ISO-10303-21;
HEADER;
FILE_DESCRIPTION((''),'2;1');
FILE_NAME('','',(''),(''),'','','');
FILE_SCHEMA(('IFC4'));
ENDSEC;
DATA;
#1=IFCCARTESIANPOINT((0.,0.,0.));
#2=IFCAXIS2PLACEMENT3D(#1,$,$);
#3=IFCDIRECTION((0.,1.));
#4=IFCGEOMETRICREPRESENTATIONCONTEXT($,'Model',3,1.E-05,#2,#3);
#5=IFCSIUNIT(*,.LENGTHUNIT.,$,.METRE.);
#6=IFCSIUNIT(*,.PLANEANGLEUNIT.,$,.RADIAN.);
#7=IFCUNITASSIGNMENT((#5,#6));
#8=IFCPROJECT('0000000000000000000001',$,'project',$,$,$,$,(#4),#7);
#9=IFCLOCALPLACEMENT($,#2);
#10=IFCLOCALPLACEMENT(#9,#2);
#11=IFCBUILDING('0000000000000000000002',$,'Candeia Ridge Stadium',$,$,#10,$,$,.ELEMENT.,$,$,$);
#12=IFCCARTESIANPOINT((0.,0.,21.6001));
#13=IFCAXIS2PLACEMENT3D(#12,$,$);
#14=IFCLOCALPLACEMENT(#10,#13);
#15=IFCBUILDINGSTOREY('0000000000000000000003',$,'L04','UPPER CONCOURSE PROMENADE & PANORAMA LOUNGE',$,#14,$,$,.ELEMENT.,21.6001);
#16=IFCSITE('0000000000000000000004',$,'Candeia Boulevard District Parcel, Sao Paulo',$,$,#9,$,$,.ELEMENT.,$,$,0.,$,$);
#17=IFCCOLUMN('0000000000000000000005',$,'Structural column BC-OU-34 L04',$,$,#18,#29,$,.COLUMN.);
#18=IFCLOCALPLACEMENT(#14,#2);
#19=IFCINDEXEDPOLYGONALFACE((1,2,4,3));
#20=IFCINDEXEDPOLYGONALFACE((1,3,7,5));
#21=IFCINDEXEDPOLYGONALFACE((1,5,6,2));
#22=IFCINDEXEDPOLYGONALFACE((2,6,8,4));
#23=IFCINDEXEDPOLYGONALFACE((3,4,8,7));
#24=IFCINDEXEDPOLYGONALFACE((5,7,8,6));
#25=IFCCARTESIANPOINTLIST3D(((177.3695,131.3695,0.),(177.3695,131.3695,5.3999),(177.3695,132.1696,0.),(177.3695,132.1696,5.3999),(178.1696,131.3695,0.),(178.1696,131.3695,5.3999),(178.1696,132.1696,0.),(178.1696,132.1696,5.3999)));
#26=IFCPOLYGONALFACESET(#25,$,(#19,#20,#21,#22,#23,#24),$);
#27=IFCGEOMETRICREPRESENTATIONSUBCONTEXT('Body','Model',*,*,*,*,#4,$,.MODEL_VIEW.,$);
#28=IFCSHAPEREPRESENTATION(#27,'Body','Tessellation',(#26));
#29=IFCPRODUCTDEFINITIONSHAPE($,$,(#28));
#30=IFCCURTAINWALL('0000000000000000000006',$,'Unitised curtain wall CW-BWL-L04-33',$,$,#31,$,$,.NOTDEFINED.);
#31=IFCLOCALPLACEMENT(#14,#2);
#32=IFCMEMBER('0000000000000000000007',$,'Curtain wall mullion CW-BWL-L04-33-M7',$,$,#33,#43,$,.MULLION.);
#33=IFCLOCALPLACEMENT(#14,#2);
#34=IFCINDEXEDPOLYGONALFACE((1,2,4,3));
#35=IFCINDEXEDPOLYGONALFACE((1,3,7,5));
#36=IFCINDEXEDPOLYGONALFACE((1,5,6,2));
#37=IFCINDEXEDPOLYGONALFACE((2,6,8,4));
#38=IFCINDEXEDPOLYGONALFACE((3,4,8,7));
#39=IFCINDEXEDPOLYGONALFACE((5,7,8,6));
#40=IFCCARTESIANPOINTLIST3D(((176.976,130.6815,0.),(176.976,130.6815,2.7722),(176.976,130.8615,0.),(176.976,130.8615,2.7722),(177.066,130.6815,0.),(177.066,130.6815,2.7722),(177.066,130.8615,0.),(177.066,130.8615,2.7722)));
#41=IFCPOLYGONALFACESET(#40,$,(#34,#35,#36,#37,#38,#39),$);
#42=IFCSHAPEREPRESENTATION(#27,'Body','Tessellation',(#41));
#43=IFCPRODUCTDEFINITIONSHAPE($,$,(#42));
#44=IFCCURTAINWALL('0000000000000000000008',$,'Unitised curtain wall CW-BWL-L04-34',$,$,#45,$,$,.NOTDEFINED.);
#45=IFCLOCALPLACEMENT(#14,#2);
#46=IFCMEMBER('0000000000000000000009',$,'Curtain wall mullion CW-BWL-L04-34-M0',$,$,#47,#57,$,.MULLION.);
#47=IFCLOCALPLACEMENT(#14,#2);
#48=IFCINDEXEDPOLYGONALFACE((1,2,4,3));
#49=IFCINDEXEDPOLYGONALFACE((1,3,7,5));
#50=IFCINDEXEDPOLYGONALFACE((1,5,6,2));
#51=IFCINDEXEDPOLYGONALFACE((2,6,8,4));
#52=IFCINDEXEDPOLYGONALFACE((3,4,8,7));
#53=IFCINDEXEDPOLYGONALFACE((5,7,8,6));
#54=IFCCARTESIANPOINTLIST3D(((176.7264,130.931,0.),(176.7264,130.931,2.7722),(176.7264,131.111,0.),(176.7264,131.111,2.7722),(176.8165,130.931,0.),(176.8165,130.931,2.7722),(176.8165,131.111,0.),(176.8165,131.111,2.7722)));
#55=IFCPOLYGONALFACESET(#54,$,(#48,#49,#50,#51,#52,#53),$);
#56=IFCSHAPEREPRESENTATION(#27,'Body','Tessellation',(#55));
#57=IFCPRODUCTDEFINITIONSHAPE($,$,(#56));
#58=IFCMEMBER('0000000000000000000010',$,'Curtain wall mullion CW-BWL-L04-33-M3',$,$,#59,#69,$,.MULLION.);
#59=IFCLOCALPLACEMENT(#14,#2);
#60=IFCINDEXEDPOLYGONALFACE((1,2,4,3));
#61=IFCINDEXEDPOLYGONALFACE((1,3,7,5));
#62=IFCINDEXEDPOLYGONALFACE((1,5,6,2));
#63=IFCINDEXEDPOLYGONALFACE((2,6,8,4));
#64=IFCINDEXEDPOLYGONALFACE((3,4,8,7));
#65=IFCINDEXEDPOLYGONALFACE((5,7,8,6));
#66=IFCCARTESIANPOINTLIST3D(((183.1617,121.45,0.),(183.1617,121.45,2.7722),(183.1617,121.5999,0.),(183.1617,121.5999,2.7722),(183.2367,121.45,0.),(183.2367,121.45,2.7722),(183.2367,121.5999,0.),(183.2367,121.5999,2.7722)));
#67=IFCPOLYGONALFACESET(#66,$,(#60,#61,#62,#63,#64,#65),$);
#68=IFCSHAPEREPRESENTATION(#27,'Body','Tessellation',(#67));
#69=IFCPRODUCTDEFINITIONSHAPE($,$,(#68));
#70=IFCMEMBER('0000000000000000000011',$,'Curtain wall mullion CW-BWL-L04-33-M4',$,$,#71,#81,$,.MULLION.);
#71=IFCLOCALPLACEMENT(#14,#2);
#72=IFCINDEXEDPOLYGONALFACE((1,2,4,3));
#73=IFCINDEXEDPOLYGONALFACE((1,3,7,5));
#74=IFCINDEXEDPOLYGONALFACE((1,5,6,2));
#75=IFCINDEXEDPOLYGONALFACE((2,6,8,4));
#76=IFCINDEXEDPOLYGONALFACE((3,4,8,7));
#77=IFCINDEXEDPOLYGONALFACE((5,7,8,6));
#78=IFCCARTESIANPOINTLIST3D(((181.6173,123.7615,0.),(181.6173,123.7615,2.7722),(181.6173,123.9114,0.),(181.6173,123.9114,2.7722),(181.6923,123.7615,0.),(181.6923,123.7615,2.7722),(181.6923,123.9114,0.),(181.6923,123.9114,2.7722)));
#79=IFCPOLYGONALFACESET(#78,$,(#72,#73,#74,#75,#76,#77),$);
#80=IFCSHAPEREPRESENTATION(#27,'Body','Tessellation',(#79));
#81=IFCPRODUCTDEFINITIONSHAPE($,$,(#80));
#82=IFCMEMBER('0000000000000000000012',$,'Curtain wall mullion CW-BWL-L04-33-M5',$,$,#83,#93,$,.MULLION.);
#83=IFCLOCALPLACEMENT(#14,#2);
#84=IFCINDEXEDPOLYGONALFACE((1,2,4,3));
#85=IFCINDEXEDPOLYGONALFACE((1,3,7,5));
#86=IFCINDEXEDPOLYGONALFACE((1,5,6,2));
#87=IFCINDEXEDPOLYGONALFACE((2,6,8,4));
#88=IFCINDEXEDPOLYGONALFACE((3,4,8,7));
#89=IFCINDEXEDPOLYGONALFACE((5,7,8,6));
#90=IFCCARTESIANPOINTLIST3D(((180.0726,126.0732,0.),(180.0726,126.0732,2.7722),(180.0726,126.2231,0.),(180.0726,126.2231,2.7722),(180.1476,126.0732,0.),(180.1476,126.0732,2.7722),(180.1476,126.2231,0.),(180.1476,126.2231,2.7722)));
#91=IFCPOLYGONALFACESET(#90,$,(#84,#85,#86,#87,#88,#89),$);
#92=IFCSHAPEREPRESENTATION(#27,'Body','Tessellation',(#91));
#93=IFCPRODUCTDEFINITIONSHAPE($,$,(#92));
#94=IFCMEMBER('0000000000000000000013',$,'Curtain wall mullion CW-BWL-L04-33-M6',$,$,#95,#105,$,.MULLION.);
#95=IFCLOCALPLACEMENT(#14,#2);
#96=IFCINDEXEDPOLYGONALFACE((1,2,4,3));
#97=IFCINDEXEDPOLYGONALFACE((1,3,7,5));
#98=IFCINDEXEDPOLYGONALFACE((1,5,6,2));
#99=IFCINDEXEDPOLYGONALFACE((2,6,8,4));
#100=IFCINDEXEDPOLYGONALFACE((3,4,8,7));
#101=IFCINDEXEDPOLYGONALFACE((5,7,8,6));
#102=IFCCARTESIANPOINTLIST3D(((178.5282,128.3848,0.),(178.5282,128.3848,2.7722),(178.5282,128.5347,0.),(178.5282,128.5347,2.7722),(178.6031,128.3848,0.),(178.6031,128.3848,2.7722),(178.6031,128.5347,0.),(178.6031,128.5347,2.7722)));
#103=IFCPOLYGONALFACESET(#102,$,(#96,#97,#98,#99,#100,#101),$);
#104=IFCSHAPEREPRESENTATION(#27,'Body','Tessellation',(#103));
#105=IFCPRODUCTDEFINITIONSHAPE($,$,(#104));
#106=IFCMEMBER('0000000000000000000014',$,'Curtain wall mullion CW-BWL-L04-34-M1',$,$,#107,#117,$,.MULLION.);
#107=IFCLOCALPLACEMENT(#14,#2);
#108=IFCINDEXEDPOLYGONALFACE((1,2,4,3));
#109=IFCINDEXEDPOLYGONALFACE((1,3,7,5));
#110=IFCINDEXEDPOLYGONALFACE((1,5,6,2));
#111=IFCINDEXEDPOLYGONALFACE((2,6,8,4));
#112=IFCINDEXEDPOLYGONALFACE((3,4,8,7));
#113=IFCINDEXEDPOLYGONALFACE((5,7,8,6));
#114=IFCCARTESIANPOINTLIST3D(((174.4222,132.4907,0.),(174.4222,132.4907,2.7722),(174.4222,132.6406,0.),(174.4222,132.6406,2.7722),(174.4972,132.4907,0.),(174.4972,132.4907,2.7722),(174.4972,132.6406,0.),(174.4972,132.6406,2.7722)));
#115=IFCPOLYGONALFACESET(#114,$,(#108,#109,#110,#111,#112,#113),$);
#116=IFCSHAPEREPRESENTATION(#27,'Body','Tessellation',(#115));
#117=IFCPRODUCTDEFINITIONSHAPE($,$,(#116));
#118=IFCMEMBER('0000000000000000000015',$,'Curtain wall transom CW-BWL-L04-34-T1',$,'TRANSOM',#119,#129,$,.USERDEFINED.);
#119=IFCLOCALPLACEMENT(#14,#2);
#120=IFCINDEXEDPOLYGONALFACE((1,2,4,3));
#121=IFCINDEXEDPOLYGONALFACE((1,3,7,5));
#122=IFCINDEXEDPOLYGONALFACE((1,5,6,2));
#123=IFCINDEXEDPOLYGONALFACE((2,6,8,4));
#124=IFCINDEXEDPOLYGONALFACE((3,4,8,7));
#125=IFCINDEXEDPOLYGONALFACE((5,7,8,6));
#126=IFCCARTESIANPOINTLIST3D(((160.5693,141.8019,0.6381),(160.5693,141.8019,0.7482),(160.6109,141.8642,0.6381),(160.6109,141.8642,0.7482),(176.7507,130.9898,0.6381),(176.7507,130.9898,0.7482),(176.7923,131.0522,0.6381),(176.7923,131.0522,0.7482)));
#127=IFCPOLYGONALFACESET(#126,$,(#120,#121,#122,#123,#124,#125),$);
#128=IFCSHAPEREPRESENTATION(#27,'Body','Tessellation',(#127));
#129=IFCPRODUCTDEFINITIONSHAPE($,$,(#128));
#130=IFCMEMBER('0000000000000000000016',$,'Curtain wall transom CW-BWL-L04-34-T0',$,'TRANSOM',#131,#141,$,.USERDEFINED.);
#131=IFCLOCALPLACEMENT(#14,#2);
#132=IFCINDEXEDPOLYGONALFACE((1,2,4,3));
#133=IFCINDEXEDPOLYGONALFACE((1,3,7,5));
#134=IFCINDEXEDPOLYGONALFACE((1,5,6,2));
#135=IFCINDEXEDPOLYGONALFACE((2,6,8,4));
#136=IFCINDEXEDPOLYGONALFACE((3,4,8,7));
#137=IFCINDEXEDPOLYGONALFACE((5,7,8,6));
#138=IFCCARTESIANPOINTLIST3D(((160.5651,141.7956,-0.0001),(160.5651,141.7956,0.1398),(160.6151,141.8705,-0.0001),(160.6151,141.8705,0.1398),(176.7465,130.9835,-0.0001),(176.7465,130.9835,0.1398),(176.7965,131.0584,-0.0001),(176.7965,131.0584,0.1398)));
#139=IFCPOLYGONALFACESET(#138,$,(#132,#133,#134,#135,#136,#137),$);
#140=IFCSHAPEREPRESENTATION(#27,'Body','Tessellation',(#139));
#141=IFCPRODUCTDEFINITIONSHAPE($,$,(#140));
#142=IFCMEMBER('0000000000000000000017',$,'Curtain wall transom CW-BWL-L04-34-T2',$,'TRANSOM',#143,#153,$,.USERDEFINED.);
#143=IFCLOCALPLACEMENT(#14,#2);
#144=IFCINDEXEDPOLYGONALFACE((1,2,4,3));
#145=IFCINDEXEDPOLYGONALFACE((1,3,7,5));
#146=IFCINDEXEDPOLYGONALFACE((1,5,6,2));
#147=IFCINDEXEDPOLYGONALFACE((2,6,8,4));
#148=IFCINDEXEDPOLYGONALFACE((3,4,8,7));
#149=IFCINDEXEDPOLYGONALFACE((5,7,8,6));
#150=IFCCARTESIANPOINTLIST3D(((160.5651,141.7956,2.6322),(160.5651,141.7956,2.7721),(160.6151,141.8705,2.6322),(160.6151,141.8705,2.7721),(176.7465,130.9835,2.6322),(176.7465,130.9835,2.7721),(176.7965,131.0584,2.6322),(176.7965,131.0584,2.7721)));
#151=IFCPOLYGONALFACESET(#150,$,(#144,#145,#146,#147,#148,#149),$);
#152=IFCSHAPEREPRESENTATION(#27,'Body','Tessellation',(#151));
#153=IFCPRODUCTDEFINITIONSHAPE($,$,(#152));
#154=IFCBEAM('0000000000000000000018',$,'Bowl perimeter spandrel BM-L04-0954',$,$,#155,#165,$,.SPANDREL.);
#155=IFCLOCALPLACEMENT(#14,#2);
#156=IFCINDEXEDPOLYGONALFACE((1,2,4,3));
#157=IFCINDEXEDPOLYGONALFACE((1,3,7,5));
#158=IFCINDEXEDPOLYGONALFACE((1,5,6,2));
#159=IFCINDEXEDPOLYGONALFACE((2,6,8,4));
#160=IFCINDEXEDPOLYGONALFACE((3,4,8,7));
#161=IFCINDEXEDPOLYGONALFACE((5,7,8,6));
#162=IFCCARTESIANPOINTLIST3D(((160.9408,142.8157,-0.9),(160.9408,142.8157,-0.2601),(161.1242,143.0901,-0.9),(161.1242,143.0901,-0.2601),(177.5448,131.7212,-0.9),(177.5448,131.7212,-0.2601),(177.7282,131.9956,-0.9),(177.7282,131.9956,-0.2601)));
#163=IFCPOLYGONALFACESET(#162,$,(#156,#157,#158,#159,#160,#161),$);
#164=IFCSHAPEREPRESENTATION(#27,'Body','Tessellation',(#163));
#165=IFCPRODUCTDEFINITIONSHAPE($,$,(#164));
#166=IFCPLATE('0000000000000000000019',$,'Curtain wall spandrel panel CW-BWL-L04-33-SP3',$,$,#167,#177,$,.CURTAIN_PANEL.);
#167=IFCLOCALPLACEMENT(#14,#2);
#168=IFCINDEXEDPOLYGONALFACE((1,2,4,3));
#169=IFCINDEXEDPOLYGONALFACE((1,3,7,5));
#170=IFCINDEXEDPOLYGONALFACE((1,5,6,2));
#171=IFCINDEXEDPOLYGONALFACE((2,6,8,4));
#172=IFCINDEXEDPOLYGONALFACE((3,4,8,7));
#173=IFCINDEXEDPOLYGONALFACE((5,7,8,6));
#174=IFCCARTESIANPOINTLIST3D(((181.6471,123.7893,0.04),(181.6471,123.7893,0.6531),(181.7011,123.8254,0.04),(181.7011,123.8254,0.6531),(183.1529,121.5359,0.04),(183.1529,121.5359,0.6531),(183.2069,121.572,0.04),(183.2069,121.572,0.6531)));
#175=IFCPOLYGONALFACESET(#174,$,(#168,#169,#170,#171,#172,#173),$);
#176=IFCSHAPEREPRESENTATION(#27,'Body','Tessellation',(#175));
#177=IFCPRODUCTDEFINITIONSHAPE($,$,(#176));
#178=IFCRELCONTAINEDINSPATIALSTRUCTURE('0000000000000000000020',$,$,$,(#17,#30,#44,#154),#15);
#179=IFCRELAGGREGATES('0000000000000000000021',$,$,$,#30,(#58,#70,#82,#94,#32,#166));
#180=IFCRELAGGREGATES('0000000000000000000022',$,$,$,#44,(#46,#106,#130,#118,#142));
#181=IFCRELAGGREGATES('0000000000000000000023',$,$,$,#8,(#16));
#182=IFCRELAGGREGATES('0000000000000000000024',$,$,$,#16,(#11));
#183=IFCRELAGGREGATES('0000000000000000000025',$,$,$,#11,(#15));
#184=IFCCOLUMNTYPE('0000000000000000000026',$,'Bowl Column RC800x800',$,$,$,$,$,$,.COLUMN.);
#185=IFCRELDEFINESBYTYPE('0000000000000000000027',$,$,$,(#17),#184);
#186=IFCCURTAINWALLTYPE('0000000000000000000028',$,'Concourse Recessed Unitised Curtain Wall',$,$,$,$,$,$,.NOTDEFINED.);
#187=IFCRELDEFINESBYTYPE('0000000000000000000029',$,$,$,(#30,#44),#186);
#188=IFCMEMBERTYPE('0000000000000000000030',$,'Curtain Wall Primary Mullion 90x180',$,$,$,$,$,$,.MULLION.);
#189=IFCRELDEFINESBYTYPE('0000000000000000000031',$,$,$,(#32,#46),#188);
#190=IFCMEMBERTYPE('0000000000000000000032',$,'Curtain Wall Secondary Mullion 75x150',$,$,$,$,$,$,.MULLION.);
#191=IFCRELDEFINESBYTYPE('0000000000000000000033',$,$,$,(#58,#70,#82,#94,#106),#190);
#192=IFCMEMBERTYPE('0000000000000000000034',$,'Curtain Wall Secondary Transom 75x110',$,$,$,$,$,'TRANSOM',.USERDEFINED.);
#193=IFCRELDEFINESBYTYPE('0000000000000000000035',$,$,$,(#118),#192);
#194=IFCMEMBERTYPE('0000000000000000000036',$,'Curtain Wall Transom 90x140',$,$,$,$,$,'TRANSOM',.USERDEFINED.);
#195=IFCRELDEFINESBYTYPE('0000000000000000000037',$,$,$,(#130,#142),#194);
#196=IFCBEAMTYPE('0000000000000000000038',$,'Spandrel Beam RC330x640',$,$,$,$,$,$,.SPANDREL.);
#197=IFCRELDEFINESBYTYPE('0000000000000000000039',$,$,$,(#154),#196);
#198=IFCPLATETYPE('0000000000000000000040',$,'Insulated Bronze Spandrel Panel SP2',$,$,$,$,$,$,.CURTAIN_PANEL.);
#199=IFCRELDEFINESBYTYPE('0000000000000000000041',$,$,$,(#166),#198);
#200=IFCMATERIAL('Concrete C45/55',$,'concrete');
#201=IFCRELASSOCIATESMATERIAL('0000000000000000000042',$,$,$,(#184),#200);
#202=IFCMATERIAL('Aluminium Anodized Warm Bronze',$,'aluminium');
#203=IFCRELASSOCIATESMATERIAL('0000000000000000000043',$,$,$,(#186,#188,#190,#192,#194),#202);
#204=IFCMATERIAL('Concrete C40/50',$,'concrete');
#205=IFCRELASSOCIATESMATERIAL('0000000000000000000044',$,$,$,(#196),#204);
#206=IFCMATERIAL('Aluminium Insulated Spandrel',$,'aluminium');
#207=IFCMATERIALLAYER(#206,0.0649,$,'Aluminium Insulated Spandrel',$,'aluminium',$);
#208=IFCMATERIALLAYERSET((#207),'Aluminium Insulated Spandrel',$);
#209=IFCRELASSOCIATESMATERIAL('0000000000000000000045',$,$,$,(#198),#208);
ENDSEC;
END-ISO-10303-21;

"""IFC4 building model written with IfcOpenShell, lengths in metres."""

from ifc_helpers import new_model, si_unit, direction, frame, origin, origin_2d, place, context, subcontext, project, spatial, rectangle, extrude, material, layer, layer_set, material_profile, profile_set, type_object, element, aggregate, save


model = new_model("IFC4")

# Units and contexts
model_context = context("Model", 3, precision=1e-05, world=origin(), true_north=direction((0.0, 1.0)))
body_context = subcontext(model_context, "Body", "Model", "MODEL_VIEW")
ifc_project = project(units=[si_unit("LENGTHUNIT", "METRE"), si_unit("PLANEANGLEUNIT", "RADIAN")], contexts=[model_context])

# Site, building, storey
site_placement = place(None, origin())
site = spatial("IfcSite", under=ifc_project, at=site_placement, Name="Candeia Boulevard District Parcel, Sao Paulo", CompositionType="ELEMENT", RefElevation=0.0)
building_placement = place(site_placement, origin())
building = spatial("IfcBuilding", under=site, at=building_placement, Name="Candeia Ridge Stadium", CompositionType="ELEMENT")
storey_placement = place(building_placement, frame((0.0, 0.0, 21.6001)))
storey = spatial("IfcBuildingStorey", under=building, at=storey_placement, Name="L04", Description="UPPER CONCOURSE PROMENADE & PANORAMA LOUNGE", CompositionType="ELEMENT", Elevation=21.6001)

# Column
ifc_material_1 = material(Name="Concrete C45/55", Category="concrete")
ifc_material_profile_1 = material_profile(ifc_material_1, rectangle(XDim=0.8, YDim=0.8, at=origin_2d()), Name="RC800x800", Category="concrete")
ifc_profile_set_1 = profile_set([ifc_material_profile_1], Name="Concrete C45/55")
column_type = type_object("IfcColumnType", Name="Bowl Column RC800x800", PredefinedType="COLUMN", material=ifc_profile_set_1)
column_placement = place(storey_placement, frame((177.7695, 131.7695, 0.0), z_axis=(0.0, 0.0, 1.0), x_axis=(1.0, 0.0, 0.0)))
element("IfcColumn", 1, at=column_placement, inside=storey, type_object=column_type, Name="Structural column BC-OU-34 L04", PredefinedType="COLUMN", context=body_context, shape_type="SweptSolid", body=[
    extrude(rectangle(XDim=0.8, YDim=0.8, at=origin_2d()), origin(), (0.0, 0.0, 1.0), 5.3999),
])

# Curtain walls, members
ifc_material_2 = material(Name="Aluminium Anodized Warm Bronze", Category="aluminium")
curtain_wall_type = type_object("IfcCurtainWallType", Name="Concourse Recessed Unitised Curtain Wall", PredefinedType="NOTDEFINED", material=ifc_material_2)
curtain_wall_1_placement = place(storey_placement, origin())
curtain_wall_1 = element("IfcCurtainWall", 2, at=curtain_wall_1_placement, inside=storey, type_object=curtain_wall_type, Name="Unitised curtain wall CW-BWL-L04-33", PredefinedType="NOTDEFINED")
ifc_material_profile_2 = material_profile(ifc_material_2, rectangle(XDim=0.0901, YDim=0.1799, at=origin_2d()), Name="CWM-90x180", Category="aluminium")
ifc_profile_set_2 = profile_set([ifc_material_profile_2], Name="Aluminium Anodized Warm Bronze")
member_type_1 = type_object("IfcMemberType", Name="Curtain Wall Primary Mullion 90x180", PredefinedType="MULLION", material=ifc_profile_set_2)
member_1_placement = place(storey_placement, frame((177.021, 130.7715, 0.0), z_axis=(0.0, 0.0, 1.0), x_axis=(1.0, 0.0, 0.0)))
member_1 = element("IfcMember", 3, at=member_1_placement, type_object=member_type_1, Name="Curtain wall mullion CW-BWL-L04-33-M7", PredefinedType="MULLION", context=body_context, shape_type="SweptSolid", body=[
    extrude(rectangle(XDim=0.0901, YDim=0.1799, at=origin_2d()), origin(), (0.0, 0.0, 1.0), 2.7722),
])
curtain_wall_2_placement = place(storey_placement, origin())
curtain_wall_2 = element("IfcCurtainWall", 4, at=curtain_wall_2_placement, inside=storey, type_object=curtain_wall_type, Name="Unitised curtain wall CW-BWL-L04-34", PredefinedType="NOTDEFINED")
member_2_placement = place(storey_placement, frame((176.7715, 131.021, 0.0), z_axis=(0.0, 0.0, 1.0), x_axis=(1.0, 0.0, 0.0)))
member_2 = element("IfcMember", 5, at=member_2_placement, type_object=member_type_1, Name="Curtain wall mullion CW-BWL-L04-34-M0", PredefinedType="MULLION", context=body_context, shape_type="SweptSolid", body=[
    extrude(rectangle(XDim=0.0901, YDim=0.1799, at=origin_2d()), origin(), (0.0, 0.0, 1.0), 2.7722),
])

# Members
ifc_material_profile_3 = material_profile(ifc_material_2, rectangle(XDim=0.075, YDim=0.1499, at=origin_2d()), Name="CWM-75x150", Category="aluminium")
ifc_profile_set_3 = profile_set([ifc_material_profile_3], Name="Aluminium Anodized Warm Bronze")
member_type_2 = type_object("IfcMemberType", Name="Curtain Wall Secondary Mullion 75x150", PredefinedType="MULLION", material=ifc_profile_set_3)
member_3_placement = place(storey_placement, frame((183.1992, 121.5249, 0.0), z_axis=(0.0, 0.0, 1.0), x_axis=(1.0, 0.0, 0.0)))
member_3 = element("IfcMember", 6, at=member_3_placement, type_object=member_type_2, Name="Curtain wall mullion CW-BWL-L04-33-M3", PredefinedType="MULLION", context=body_context, shape_type="SweptSolid", body=[
    extrude(rectangle(XDim=0.075, YDim=0.1499, at=origin_2d()), origin(), (0.0, 0.0, 1.0), 2.7722),
])
member_4_placement = place(storey_placement, frame((181.6548, 123.8364, 0.0), z_axis=(0.0, 0.0, 1.0), x_axis=(1.0, 0.0, 0.0)))
member_4 = element("IfcMember", 7, at=member_4_placement, type_object=member_type_2, Name="Curtain wall mullion CW-BWL-L04-33-M4", PredefinedType="MULLION", context=body_context, shape_type="SweptSolid", body=[
    extrude(rectangle(XDim=0.075, YDim=0.1499, at=origin_2d()), origin(), (0.0, 0.0, 1.0), 2.7722),
])
member_5_placement = place(storey_placement, frame((180.1101, 126.1482, 0.0), z_axis=(0.0, 0.0, 1.0), x_axis=(1.0, 0.0, 0.0)))
member_5 = element("IfcMember", 8, at=member_5_placement, type_object=member_type_2, Name="Curtain wall mullion CW-BWL-L04-33-M5", PredefinedType="MULLION", context=body_context, shape_type="SweptSolid", body=[
    extrude(rectangle(XDim=0.075, YDim=0.1499, at=origin_2d()), origin(), (0.0, 0.0, 1.0), 2.7722),
])
member_6_placement = place(storey_placement, frame((178.5657, 128.4597, 0.0), z_axis=(0.0, 0.0, 1.0), x_axis=(1.0, 0.0, 0.0)))
member_6 = element("IfcMember", 9, at=member_6_placement, type_object=member_type_2, Name="Curtain wall mullion CW-BWL-L04-33-M6", PredefinedType="MULLION", context=body_context, shape_type="SweptSolid", body=[
    extrude(rectangle(XDim=0.075, YDim=0.1499, at=origin_2d()), origin(), (0.0, 0.0, 1.0), 2.7722),
])
member_7_placement = place(storey_placement, frame((174.4597, 132.5657, 0.0), z_axis=(0.0, 0.0, 1.0), x_axis=(1.0, 0.0, 0.0)))
member_7 = element("IfcMember", 10, at=member_7_placement, type_object=member_type_2, Name="Curtain wall mullion CW-BWL-L04-34-M1", PredefinedType="MULLION", context=body_context, shape_type="SweptSolid", body=[
    extrude(rectangle(XDim=0.075, YDim=0.1499, at=origin_2d()), origin(), (0.0, 0.0, 1.0), 2.7722),
])
ifc_material_profile_4 = material_profile(ifc_material_2, rectangle(XDim=0.075, YDim=0.1101, at=origin_2d()), Name="CWT-75x110", Category="aluminium")
ifc_profile_set_4 = profile_set([ifc_material_profile_4], Name="Aluminium Anodized Warm Bronze")
member_type_3 = type_object("IfcMemberType", Name="Curtain Wall Secondary Transom 75x110", ElementType="TRANSOM", PredefinedType="USERDEFINED", material=ifc_profile_set_4)
member_8_placement = place(storey_placement, frame((176.7715, 131.021, 0.6931), z_axis=(-0.831471, 0.555568, 0.0), x_axis=(-0.555568, -0.831471, 0.0)))
member_8 = element("IfcMember", 11, at=member_8_placement, type_object=member_type_3, Name="Curtain wall transom CW-BWL-L04-34-T1", ObjectType="TRANSOM", PredefinedType="USERDEFINED", context=body_context, shape_type="SweptSolid", body=[
    extrude(rectangle(XDim=0.075, YDim=0.1101, at=origin_2d()), origin(), (0.0, 0.0, 1.0), 19.4612),
])
ifc_material_profile_5 = material_profile(ifc_material_2, rectangle(XDim=0.0901, YDim=0.1399, at=origin_2d()), Name="CWT-90x140", Category="aluminium")
ifc_profile_set_5 = profile_set([ifc_material_profile_5], Name="Aluminium Anodized Warm Bronze")
member_type_4 = type_object("IfcMemberType", Name="Curtain Wall Transom 90x140", ElementType="TRANSOM", PredefinedType="USERDEFINED", material=ifc_profile_set_5)
member_9_placement = place(storey_placement, frame((176.7715, 131.021, 0.0698), z_axis=(-0.831471, 0.555568, 0.0), x_axis=(-0.555568, -0.831471, 0.0)))
member_9 = element("IfcMember", 12, at=member_9_placement, type_object=member_type_4, Name="Curtain wall transom CW-BWL-L04-34-T0", ObjectType="TRANSOM", PredefinedType="USERDEFINED", context=body_context, shape_type="SweptSolid", body=[
    extrude(rectangle(XDim=0.0901, YDim=0.1399, at=origin_2d()), origin(), (0.0, 0.0, 1.0), 19.4612),
])
member_10_placement = place(storey_placement, frame((176.7715, 131.021, 2.7021), z_axis=(-0.831471, 0.555568, 0.0), x_axis=(-0.555568, -0.831471, 0.0)))
member_10 = element("IfcMember", 13, at=member_10_placement, type_object=member_type_4, Name="Curtain wall transom CW-BWL-L04-34-T2", ObjectType="TRANSOM", PredefinedType="USERDEFINED", context=body_context, shape_type="SweptSolid", body=[
    extrude(rectangle(XDim=0.0901, YDim=0.1399, at=origin_2d()), origin(), (0.0, 0.0, 1.0), 19.4612),
])

# Beam
ifc_material_3 = material(Name="Concrete C40/50", Category="concrete")
ifc_material_profile_6 = material_profile(ifc_material_3, rectangle(XDim=0.3301, YDim=0.6399, at=origin_2d()), Name="RC330x640", Category="concrete")
ifc_profile_set_6 = profile_set([ifc_material_profile_6], Name="Concrete C40/50")
beam_type = type_object("IfcBeamType", Name="Spandrel Beam RC330x640", PredefinedType="SPANDREL", material=ifc_profile_set_6)
beam_placement = place(storey_placement, frame((177.6365, 131.8584, -0.5801), z_axis=(-0.831469, 0.555572, 0.0), x_axis=(-0.555572, -0.831469, 0.0)))
element("IfcBeam", 14, at=beam_placement, inside=storey, type_object=beam_type, Name="Bowl perimeter spandrel BM-L04-0954", PredefinedType="SPANDREL", context=body_context, shape_type="SweptSolid", body=[
    extrude(rectangle(XDim=0.3301, YDim=0.6399, at=origin_2d()), origin(), (0.0, 0.0, 1.0), 19.9695),
])

# Plate
ifc_material_4 = material(Name="Aluminium Insulated Spandrel", Category="aluminium")
ifc_layer_1 = layer(ifc_material_4, 0.0649, Name="Aluminium Insulated Spandrel", Category="aluminium")
ifc_layer_set_1 = layer_set([ifc_layer_1], Name="Aluminium Insulated Spandrel")
plate_type_1 = type_object("IfcPlateType", Name="Insulated Bronze Spandrel Panel SP2", PredefinedType="CURTAIN_PANEL", material=ifc_layer_set_1)
plate_1_placement = place(storey_placement, frame((182.427, 122.6807, 0.04), z_axis=(0.0, 0.0, 1.0), x_axis=(-0.555571, 0.831469, 0.0)))
plate_1 = element("IfcPlate", 15, at=plate_1_placement, type_object=plate_type_1, Name="Curtain wall spandrel panel CW-BWL-L04-33-SP3", PredefinedType="CURTAIN_PANEL", context=body_context, shape_type="SweptSolid", body=[
    extrude(rectangle(XDim=2.7102, YDim=0.0649, at=origin_2d()), origin(), (0.0, 0.0, 1.0), 0.613),
])
aggregate(curtain_wall_1, [member_3, member_4, member_5, member_6, member_1, plate_1])
aggregate(curtain_wall_2, [member_2, member_7, member_9, member_8, member_10])

save(model, "model.ifc")
